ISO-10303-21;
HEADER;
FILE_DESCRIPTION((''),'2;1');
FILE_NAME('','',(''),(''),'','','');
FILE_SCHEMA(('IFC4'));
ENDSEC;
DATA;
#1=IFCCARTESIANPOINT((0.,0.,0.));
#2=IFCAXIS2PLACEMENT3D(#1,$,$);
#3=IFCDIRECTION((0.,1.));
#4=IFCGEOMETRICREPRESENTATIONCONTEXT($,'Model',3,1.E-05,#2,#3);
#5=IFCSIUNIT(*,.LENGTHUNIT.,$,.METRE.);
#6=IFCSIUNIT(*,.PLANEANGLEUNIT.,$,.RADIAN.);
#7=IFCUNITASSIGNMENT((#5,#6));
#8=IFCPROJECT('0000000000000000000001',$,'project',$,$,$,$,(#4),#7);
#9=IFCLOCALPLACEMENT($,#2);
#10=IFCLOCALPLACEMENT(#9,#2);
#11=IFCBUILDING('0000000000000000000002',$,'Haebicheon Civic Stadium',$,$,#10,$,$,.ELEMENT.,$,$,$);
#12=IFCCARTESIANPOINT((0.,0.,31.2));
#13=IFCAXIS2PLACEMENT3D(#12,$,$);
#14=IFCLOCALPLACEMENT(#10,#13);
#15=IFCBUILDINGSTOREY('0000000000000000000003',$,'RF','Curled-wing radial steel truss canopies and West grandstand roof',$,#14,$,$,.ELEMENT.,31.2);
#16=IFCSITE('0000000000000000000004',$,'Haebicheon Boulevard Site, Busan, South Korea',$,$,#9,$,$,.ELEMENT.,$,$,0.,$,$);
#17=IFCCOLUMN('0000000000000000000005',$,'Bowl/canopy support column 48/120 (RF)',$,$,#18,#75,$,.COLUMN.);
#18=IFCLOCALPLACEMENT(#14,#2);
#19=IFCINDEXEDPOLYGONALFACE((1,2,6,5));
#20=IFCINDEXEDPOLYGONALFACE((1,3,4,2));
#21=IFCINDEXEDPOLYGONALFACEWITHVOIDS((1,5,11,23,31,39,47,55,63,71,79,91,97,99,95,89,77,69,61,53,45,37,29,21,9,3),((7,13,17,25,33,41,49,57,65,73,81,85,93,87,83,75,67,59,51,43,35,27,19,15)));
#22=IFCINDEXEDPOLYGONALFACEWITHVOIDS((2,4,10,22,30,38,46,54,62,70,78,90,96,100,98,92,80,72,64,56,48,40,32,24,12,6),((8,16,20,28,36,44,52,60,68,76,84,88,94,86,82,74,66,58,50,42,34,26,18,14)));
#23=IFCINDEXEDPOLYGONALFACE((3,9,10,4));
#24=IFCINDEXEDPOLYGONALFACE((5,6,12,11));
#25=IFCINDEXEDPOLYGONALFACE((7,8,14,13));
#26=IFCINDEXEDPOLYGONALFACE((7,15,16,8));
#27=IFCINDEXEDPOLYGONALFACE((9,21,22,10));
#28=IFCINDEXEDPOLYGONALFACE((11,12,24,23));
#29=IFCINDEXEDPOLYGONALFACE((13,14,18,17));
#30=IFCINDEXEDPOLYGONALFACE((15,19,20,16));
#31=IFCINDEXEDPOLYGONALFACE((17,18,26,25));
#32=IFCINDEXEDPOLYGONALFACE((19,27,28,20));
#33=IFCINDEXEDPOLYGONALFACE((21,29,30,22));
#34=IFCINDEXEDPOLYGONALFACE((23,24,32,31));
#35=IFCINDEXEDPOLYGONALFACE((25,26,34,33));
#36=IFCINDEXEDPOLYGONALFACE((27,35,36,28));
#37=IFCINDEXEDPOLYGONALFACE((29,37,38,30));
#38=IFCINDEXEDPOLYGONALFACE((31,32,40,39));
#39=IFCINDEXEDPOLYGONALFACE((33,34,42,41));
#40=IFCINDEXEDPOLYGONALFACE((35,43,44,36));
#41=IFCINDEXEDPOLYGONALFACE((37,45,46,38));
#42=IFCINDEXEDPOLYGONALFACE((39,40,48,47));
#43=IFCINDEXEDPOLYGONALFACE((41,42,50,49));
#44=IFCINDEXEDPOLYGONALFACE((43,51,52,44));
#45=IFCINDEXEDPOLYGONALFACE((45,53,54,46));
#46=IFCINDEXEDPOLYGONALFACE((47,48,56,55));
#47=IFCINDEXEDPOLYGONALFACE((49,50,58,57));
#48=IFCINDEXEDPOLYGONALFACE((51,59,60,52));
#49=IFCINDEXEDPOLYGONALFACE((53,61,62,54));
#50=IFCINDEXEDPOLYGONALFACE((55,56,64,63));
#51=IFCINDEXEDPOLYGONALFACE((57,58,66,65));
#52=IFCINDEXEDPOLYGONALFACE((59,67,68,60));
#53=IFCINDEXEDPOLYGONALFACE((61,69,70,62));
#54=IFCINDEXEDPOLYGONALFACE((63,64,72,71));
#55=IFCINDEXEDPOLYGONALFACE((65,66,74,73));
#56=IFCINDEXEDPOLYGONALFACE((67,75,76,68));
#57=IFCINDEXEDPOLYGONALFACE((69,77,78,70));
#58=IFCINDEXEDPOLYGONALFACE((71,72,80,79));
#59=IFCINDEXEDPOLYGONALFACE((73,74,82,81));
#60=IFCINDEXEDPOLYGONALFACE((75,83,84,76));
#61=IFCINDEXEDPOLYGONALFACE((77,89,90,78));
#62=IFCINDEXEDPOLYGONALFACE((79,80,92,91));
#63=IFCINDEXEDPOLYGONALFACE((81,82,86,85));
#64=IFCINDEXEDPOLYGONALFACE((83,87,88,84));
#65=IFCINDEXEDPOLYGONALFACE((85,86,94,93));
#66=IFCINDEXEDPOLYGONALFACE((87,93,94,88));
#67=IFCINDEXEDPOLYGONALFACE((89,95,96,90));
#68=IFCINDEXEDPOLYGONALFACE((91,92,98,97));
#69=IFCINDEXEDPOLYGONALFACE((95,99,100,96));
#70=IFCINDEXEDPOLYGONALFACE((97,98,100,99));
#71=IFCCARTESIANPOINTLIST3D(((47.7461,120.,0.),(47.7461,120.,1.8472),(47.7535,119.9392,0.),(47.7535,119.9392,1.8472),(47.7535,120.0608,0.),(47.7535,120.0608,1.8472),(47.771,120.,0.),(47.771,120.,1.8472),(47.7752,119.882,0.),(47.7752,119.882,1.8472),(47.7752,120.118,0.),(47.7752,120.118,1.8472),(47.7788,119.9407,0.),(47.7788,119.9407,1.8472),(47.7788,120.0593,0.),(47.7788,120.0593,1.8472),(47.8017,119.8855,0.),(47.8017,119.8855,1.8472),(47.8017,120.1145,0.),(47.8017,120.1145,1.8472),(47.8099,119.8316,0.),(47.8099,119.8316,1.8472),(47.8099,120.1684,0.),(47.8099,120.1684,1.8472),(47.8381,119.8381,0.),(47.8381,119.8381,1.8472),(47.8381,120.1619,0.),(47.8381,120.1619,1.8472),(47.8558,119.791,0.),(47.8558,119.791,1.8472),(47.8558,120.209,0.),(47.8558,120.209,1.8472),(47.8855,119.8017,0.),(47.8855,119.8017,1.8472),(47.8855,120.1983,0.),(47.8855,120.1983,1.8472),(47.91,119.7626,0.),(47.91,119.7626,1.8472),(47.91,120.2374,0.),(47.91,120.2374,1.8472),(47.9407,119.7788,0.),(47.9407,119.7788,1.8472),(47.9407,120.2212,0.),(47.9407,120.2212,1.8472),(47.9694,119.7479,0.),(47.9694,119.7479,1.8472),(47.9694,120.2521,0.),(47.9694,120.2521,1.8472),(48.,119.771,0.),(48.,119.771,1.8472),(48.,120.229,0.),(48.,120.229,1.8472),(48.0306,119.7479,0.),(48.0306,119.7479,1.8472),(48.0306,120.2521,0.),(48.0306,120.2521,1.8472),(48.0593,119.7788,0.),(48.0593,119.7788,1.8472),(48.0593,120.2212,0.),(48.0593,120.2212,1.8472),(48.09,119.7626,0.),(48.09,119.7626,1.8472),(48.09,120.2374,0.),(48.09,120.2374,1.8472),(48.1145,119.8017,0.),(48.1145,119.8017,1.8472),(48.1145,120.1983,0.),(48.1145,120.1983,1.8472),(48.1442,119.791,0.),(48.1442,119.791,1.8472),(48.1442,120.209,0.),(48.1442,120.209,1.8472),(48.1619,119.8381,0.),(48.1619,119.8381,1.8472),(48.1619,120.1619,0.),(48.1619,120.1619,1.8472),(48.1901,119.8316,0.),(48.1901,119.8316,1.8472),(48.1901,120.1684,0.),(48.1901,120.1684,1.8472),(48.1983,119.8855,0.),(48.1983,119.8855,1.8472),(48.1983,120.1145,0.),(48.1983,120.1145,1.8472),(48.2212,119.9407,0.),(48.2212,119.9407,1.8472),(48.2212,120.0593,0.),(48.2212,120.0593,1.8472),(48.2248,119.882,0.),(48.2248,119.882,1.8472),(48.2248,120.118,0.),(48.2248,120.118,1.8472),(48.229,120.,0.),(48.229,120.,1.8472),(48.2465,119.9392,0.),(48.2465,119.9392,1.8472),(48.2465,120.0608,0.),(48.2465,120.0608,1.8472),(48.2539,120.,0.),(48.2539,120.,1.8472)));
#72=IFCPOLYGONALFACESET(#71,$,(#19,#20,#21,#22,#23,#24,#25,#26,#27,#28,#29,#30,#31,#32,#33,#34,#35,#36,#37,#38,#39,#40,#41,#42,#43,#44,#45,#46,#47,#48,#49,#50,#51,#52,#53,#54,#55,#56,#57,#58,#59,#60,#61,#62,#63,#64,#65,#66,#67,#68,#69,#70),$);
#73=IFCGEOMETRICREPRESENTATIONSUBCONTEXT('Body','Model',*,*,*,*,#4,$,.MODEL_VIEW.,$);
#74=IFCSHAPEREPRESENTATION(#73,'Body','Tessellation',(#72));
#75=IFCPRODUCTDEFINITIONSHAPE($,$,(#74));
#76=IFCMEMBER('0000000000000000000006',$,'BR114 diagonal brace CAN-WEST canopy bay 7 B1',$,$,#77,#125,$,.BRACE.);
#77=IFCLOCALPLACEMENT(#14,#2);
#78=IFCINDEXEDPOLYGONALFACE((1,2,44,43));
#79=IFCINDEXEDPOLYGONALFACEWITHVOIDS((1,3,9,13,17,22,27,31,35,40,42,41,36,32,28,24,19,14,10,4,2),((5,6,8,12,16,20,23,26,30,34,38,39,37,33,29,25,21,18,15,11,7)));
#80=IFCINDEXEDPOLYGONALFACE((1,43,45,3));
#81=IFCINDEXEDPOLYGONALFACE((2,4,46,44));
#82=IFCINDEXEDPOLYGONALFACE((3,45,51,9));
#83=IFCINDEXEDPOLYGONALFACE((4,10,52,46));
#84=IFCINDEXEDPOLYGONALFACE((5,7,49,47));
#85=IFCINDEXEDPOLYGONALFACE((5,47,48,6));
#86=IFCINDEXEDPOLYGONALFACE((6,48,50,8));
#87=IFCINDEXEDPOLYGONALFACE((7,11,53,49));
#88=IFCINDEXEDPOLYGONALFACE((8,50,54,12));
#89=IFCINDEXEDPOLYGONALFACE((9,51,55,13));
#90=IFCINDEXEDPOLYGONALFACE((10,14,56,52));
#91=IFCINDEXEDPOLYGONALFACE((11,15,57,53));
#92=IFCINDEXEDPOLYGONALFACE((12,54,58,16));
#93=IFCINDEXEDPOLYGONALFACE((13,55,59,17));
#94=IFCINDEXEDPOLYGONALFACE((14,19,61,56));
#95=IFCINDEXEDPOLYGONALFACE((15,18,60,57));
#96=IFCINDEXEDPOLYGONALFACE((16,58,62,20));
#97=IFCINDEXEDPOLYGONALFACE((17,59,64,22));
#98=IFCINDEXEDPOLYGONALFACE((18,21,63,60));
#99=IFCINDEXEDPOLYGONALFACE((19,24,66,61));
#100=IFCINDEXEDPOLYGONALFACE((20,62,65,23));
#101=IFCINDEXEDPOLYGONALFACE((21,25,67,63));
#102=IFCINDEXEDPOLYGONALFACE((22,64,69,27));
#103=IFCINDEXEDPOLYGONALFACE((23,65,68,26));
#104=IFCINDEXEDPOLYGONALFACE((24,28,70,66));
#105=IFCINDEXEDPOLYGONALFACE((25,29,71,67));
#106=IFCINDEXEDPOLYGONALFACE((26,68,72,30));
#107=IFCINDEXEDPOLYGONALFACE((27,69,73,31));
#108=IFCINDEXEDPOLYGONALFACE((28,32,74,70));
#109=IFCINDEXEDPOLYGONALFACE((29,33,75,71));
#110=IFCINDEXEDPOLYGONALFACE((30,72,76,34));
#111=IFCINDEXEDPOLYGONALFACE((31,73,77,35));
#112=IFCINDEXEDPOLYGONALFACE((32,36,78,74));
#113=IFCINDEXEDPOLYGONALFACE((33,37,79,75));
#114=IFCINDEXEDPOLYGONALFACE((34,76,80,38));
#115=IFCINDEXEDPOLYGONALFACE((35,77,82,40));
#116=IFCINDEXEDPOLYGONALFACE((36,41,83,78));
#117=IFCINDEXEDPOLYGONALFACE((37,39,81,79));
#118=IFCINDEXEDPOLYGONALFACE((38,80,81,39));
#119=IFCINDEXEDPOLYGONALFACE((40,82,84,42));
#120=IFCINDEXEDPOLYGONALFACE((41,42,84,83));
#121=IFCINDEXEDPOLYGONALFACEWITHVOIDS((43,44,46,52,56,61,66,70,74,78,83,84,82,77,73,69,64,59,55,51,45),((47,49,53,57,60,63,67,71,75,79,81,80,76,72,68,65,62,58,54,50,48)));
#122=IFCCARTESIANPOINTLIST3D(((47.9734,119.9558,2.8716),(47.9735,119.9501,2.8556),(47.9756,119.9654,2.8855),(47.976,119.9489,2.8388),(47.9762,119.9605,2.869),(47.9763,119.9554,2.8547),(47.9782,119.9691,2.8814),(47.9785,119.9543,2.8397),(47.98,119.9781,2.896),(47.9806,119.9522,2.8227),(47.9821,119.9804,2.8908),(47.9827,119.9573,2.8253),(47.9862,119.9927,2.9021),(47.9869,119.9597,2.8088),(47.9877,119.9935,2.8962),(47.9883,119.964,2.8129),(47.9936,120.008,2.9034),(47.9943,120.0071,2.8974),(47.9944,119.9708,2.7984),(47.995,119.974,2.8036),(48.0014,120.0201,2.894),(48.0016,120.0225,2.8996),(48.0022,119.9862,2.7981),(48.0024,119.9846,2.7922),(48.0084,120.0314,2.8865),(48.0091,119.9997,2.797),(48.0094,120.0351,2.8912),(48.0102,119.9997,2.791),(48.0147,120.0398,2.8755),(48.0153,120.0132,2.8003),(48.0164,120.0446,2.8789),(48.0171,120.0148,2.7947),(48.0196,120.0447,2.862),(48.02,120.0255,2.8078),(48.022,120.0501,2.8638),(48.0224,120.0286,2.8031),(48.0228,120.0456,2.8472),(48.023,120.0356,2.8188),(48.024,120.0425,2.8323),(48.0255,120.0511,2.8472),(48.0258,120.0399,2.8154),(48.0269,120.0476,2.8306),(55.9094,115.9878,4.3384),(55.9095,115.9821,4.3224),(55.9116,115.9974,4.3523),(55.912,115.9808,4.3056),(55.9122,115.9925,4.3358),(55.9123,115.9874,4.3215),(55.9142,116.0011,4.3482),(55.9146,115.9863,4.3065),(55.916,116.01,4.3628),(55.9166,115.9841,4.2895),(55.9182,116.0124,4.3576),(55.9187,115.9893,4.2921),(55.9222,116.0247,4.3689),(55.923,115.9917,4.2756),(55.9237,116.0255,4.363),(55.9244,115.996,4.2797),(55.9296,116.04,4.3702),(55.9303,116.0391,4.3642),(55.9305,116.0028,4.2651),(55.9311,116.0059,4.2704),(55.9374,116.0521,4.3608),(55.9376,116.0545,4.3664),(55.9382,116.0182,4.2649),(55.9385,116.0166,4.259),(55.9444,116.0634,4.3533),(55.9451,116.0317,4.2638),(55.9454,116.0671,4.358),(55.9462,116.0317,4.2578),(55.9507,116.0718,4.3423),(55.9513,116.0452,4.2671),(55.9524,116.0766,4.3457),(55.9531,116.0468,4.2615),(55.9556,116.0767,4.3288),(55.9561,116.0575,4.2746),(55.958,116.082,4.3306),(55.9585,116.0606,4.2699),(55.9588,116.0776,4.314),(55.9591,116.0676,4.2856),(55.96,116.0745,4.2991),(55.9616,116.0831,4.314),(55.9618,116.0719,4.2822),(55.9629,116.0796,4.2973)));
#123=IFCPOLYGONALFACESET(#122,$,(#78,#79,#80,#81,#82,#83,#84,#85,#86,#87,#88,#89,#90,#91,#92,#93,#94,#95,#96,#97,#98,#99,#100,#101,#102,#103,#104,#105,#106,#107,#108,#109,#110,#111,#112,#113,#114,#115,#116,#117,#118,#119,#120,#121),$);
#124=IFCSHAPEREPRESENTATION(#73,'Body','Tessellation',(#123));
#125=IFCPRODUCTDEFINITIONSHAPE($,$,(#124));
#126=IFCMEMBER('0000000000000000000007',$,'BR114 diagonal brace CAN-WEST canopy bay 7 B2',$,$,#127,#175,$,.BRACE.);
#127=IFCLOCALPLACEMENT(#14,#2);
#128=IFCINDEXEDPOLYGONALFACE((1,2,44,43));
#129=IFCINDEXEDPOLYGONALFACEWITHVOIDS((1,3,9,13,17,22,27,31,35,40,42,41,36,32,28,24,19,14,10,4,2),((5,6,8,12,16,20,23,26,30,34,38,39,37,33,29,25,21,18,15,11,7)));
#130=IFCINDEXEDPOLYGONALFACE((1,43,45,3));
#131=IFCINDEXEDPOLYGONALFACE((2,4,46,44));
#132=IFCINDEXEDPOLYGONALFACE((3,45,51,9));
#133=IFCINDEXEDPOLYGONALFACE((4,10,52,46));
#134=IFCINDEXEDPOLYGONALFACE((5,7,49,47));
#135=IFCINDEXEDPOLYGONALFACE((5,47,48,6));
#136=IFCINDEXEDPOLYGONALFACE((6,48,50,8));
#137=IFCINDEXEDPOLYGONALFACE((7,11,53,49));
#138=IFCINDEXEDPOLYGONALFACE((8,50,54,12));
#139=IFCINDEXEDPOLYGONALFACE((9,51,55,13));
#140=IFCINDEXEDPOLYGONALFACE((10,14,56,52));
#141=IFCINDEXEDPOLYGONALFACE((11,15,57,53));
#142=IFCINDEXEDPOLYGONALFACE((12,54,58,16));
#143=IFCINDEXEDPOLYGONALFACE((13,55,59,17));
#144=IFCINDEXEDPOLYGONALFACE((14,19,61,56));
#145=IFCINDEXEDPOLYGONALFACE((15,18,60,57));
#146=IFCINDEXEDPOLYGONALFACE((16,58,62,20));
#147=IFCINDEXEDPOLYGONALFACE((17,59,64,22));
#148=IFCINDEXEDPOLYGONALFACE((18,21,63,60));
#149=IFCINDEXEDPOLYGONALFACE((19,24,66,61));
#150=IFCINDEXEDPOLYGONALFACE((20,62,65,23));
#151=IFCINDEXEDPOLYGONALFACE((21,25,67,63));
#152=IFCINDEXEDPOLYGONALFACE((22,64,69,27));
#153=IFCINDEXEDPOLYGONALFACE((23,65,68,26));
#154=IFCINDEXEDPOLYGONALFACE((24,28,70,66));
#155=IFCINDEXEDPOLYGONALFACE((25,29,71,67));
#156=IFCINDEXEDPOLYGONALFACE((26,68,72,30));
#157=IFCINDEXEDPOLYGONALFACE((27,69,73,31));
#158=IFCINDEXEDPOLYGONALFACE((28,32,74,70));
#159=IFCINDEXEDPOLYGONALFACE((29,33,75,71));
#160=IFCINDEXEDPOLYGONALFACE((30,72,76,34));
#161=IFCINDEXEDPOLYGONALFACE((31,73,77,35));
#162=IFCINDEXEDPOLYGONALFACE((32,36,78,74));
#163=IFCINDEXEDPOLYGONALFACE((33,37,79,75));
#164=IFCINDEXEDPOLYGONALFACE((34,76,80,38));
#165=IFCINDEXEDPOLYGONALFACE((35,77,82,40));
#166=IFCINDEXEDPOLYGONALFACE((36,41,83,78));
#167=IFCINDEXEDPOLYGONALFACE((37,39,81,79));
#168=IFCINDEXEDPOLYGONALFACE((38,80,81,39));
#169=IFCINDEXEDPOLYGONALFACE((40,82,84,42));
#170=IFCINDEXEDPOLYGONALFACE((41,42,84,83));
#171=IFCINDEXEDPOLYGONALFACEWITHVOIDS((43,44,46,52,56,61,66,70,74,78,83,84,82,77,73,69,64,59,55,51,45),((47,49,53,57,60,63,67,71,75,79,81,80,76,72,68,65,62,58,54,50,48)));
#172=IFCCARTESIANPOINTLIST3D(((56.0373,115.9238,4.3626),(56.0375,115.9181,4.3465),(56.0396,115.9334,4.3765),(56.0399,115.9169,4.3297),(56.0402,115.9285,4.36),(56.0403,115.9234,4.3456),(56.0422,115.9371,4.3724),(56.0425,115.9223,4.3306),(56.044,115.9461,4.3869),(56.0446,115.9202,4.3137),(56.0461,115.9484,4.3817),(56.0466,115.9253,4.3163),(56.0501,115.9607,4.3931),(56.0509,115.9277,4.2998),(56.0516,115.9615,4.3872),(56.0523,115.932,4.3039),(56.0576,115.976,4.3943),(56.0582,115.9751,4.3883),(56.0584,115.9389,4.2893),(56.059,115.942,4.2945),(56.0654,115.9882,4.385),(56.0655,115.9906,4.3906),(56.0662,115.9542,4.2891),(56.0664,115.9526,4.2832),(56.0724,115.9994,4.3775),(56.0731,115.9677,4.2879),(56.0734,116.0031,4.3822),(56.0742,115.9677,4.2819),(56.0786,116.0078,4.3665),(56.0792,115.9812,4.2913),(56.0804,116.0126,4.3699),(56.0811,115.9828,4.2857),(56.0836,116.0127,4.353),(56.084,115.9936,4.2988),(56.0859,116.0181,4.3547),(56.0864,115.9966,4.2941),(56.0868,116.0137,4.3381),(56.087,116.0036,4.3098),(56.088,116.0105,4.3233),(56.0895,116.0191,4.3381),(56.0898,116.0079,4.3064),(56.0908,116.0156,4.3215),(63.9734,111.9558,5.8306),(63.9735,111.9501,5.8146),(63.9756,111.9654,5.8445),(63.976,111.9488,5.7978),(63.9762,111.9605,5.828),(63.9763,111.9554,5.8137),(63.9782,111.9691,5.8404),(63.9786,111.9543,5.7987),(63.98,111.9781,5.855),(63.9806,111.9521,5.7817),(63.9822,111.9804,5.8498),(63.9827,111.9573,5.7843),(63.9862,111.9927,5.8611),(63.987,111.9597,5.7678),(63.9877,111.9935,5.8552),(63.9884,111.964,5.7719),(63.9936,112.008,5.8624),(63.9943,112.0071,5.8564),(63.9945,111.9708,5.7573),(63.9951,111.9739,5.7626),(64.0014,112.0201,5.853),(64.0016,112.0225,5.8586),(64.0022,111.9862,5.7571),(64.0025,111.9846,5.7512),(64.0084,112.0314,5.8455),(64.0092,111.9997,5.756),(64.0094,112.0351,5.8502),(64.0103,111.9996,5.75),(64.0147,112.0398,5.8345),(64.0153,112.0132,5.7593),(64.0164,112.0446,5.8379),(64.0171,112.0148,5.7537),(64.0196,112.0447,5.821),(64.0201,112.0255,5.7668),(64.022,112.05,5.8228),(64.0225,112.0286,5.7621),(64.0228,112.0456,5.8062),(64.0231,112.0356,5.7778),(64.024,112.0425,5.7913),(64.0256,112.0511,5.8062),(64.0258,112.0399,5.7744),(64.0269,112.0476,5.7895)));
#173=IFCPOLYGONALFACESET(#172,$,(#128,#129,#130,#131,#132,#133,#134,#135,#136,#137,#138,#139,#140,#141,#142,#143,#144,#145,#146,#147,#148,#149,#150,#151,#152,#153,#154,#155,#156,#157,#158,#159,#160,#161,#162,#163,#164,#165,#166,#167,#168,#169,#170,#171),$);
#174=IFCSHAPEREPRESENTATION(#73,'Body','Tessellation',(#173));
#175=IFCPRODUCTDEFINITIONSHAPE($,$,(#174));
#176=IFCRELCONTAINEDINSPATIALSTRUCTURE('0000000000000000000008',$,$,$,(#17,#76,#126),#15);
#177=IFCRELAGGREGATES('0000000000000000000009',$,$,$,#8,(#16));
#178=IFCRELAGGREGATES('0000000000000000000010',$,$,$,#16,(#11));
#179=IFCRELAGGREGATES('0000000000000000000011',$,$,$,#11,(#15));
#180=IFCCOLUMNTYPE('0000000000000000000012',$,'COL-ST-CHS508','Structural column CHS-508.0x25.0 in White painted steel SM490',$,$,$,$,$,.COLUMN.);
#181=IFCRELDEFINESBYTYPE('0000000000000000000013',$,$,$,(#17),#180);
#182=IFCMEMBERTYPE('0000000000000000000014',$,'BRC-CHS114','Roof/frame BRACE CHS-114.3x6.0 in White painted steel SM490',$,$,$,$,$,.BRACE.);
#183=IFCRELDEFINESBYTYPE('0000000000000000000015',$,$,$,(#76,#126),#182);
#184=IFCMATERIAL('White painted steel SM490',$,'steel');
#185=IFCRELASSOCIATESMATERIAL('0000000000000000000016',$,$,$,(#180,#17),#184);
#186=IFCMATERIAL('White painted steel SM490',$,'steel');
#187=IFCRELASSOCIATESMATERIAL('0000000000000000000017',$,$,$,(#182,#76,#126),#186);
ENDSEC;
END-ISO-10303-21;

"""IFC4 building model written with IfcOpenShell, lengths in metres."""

from ifc_helpers import new_model, si_unit, direction, frame, origin, origin_2d, place, context, subcontext, project, spatial, hollow_circle, extrude, material, material_profile, profile_set, type_object, element, save


model = new_model("IFC4")

# Units and contexts
model_context = context("Model", 3, precision=1e-05, world=origin(), true_north=direction((0.0, 1.0)))
body_context = subcontext(model_context, "Body", "Model", "MODEL_VIEW")
ifc_project = project(units=[si_unit("LENGTHUNIT", "METRE"), si_unit("PLANEANGLEUNIT", "RADIAN")], contexts=[model_context])

# Site, building, storey
site_placement = place(None, origin())
site = spatial("IfcSite", under=ifc_project, at=site_placement, Name="Haebicheon Boulevard Site, Busan, South Korea", CompositionType="ELEMENT", RefElevation=0.0)
building_placement = place(site_placement, origin())
building = spatial("IfcBuilding", under=site, at=building_placement, Name="Haebicheon Civic Stadium", CompositionType="ELEMENT")
storey_placement = place(building_placement, frame((0.0, 0.0, 31.2)))
storey = spatial("IfcBuildingStorey", under=building, at=storey_placement, Name="RF", Description="Curled-wing radial steel truss canopies and West grandstand roof", CompositionType="ELEMENT", Elevation=31.2)

# Column
ifc_material_1 = material(Name="White painted steel SM490", Category="steel")
ifc_material_profile_1 = material_profile(ifc_material_1, hollow_circle(Radius=0.2539, WallThickness=0.0249, at=origin_2d()), Name="CHS-508.0x25.0")
ifc_profile_set_1 = profile_set([ifc_material_profile_1], Name="White painted steel SM490")
column_type = type_object("IfcColumnType", Name="COL-ST-CHS508", Description="Structural column CHS-508.0x25.0 in White painted steel SM490", PredefinedType="COLUMN", material=ifc_profile_set_1)
column_placement = place(storey_placement, frame((48.0, 120.0, 0.0), z_axis=(0.0, 0.0, 1.0), x_axis=(1.0, 0.0, 0.0)))
element("IfcColumn", 1, at=column_placement, inside=storey, type_object=column_type, material=ifc_profile_set_1, Name="Bowl/canopy support column 48/120 (RF)", PredefinedType="COLUMN", context=body_context, shape_type="SweptSolid", body=[
    extrude(hollow_circle(Radius=0.2539, WallThickness=0.0249, at=origin_2d()), origin(), (0.0, 0.0, 1.0), 1.8472),
])

# Members
ifc_material_2 = material(Name="White painted steel SM490", Category="steel")
ifc_material_profile_2 = material_profile(ifc_material_2, hollow_circle(Radius=0.0571, WallThickness=0.0061, at=origin_2d()), Name="CHS-114.3x6.0")
ifc_profile_set_2 = profile_set([ifc_material_profile_2], Name="White painted steel SM490")
member_type_1 = type_object("IfcMemberType", Name="BRC-CHS114", Description="Roof/frame BRACE CHS-114.3x6.0 in White painted steel SM490", PredefinedType="BRACE", material=ifc_profile_set_2)
member_1_placement = place(storey_placement, frame((48.0, 120.0, 2.8472), z_axis=(0.88245, -0.441225, 0.163101), x_axis=(0.447214, 0.894427, 0.0)))
element("IfcMember", 2, at=member_1_placement, inside=storey, type_object=member_type_1, material=ifc_profile_set_2, Name="BR114 diagonal brace CAN-WEST canopy bay 7 B1", PredefinedType="BRACE", context=body_context, shape_type="SweptSolid", body=[
    extrude(hollow_circle(Radius=0.0571, WallThickness=0.0061, at=origin_2d()), origin(), (0.0, 0.0, 1.0), 8.9932),
])
member_2_placement = place(storey_placement, frame((56.064, 115.968, 4.3381), z_axis=(0.882431, -0.441215, 0.163233), x_axis=(0.447214, 0.894427, 0.0)))
element("IfcMember", 3, at=member_2_placement, inside=storey, type_object=member_type_1, material=ifc_profile_set_2, Name="BR114 diagonal brace CAN-WEST canopy bay 7 B2", PredefinedType="BRACE", context=body_context, shape_type="SweptSolid", body=[
    extrude(hollow_circle(Radius=0.0571, WallThickness=0.0061, at=origin_2d()), origin(), (0.0, 0.0, 1.0), 8.9934),
])

save(model, "model.ifc")
